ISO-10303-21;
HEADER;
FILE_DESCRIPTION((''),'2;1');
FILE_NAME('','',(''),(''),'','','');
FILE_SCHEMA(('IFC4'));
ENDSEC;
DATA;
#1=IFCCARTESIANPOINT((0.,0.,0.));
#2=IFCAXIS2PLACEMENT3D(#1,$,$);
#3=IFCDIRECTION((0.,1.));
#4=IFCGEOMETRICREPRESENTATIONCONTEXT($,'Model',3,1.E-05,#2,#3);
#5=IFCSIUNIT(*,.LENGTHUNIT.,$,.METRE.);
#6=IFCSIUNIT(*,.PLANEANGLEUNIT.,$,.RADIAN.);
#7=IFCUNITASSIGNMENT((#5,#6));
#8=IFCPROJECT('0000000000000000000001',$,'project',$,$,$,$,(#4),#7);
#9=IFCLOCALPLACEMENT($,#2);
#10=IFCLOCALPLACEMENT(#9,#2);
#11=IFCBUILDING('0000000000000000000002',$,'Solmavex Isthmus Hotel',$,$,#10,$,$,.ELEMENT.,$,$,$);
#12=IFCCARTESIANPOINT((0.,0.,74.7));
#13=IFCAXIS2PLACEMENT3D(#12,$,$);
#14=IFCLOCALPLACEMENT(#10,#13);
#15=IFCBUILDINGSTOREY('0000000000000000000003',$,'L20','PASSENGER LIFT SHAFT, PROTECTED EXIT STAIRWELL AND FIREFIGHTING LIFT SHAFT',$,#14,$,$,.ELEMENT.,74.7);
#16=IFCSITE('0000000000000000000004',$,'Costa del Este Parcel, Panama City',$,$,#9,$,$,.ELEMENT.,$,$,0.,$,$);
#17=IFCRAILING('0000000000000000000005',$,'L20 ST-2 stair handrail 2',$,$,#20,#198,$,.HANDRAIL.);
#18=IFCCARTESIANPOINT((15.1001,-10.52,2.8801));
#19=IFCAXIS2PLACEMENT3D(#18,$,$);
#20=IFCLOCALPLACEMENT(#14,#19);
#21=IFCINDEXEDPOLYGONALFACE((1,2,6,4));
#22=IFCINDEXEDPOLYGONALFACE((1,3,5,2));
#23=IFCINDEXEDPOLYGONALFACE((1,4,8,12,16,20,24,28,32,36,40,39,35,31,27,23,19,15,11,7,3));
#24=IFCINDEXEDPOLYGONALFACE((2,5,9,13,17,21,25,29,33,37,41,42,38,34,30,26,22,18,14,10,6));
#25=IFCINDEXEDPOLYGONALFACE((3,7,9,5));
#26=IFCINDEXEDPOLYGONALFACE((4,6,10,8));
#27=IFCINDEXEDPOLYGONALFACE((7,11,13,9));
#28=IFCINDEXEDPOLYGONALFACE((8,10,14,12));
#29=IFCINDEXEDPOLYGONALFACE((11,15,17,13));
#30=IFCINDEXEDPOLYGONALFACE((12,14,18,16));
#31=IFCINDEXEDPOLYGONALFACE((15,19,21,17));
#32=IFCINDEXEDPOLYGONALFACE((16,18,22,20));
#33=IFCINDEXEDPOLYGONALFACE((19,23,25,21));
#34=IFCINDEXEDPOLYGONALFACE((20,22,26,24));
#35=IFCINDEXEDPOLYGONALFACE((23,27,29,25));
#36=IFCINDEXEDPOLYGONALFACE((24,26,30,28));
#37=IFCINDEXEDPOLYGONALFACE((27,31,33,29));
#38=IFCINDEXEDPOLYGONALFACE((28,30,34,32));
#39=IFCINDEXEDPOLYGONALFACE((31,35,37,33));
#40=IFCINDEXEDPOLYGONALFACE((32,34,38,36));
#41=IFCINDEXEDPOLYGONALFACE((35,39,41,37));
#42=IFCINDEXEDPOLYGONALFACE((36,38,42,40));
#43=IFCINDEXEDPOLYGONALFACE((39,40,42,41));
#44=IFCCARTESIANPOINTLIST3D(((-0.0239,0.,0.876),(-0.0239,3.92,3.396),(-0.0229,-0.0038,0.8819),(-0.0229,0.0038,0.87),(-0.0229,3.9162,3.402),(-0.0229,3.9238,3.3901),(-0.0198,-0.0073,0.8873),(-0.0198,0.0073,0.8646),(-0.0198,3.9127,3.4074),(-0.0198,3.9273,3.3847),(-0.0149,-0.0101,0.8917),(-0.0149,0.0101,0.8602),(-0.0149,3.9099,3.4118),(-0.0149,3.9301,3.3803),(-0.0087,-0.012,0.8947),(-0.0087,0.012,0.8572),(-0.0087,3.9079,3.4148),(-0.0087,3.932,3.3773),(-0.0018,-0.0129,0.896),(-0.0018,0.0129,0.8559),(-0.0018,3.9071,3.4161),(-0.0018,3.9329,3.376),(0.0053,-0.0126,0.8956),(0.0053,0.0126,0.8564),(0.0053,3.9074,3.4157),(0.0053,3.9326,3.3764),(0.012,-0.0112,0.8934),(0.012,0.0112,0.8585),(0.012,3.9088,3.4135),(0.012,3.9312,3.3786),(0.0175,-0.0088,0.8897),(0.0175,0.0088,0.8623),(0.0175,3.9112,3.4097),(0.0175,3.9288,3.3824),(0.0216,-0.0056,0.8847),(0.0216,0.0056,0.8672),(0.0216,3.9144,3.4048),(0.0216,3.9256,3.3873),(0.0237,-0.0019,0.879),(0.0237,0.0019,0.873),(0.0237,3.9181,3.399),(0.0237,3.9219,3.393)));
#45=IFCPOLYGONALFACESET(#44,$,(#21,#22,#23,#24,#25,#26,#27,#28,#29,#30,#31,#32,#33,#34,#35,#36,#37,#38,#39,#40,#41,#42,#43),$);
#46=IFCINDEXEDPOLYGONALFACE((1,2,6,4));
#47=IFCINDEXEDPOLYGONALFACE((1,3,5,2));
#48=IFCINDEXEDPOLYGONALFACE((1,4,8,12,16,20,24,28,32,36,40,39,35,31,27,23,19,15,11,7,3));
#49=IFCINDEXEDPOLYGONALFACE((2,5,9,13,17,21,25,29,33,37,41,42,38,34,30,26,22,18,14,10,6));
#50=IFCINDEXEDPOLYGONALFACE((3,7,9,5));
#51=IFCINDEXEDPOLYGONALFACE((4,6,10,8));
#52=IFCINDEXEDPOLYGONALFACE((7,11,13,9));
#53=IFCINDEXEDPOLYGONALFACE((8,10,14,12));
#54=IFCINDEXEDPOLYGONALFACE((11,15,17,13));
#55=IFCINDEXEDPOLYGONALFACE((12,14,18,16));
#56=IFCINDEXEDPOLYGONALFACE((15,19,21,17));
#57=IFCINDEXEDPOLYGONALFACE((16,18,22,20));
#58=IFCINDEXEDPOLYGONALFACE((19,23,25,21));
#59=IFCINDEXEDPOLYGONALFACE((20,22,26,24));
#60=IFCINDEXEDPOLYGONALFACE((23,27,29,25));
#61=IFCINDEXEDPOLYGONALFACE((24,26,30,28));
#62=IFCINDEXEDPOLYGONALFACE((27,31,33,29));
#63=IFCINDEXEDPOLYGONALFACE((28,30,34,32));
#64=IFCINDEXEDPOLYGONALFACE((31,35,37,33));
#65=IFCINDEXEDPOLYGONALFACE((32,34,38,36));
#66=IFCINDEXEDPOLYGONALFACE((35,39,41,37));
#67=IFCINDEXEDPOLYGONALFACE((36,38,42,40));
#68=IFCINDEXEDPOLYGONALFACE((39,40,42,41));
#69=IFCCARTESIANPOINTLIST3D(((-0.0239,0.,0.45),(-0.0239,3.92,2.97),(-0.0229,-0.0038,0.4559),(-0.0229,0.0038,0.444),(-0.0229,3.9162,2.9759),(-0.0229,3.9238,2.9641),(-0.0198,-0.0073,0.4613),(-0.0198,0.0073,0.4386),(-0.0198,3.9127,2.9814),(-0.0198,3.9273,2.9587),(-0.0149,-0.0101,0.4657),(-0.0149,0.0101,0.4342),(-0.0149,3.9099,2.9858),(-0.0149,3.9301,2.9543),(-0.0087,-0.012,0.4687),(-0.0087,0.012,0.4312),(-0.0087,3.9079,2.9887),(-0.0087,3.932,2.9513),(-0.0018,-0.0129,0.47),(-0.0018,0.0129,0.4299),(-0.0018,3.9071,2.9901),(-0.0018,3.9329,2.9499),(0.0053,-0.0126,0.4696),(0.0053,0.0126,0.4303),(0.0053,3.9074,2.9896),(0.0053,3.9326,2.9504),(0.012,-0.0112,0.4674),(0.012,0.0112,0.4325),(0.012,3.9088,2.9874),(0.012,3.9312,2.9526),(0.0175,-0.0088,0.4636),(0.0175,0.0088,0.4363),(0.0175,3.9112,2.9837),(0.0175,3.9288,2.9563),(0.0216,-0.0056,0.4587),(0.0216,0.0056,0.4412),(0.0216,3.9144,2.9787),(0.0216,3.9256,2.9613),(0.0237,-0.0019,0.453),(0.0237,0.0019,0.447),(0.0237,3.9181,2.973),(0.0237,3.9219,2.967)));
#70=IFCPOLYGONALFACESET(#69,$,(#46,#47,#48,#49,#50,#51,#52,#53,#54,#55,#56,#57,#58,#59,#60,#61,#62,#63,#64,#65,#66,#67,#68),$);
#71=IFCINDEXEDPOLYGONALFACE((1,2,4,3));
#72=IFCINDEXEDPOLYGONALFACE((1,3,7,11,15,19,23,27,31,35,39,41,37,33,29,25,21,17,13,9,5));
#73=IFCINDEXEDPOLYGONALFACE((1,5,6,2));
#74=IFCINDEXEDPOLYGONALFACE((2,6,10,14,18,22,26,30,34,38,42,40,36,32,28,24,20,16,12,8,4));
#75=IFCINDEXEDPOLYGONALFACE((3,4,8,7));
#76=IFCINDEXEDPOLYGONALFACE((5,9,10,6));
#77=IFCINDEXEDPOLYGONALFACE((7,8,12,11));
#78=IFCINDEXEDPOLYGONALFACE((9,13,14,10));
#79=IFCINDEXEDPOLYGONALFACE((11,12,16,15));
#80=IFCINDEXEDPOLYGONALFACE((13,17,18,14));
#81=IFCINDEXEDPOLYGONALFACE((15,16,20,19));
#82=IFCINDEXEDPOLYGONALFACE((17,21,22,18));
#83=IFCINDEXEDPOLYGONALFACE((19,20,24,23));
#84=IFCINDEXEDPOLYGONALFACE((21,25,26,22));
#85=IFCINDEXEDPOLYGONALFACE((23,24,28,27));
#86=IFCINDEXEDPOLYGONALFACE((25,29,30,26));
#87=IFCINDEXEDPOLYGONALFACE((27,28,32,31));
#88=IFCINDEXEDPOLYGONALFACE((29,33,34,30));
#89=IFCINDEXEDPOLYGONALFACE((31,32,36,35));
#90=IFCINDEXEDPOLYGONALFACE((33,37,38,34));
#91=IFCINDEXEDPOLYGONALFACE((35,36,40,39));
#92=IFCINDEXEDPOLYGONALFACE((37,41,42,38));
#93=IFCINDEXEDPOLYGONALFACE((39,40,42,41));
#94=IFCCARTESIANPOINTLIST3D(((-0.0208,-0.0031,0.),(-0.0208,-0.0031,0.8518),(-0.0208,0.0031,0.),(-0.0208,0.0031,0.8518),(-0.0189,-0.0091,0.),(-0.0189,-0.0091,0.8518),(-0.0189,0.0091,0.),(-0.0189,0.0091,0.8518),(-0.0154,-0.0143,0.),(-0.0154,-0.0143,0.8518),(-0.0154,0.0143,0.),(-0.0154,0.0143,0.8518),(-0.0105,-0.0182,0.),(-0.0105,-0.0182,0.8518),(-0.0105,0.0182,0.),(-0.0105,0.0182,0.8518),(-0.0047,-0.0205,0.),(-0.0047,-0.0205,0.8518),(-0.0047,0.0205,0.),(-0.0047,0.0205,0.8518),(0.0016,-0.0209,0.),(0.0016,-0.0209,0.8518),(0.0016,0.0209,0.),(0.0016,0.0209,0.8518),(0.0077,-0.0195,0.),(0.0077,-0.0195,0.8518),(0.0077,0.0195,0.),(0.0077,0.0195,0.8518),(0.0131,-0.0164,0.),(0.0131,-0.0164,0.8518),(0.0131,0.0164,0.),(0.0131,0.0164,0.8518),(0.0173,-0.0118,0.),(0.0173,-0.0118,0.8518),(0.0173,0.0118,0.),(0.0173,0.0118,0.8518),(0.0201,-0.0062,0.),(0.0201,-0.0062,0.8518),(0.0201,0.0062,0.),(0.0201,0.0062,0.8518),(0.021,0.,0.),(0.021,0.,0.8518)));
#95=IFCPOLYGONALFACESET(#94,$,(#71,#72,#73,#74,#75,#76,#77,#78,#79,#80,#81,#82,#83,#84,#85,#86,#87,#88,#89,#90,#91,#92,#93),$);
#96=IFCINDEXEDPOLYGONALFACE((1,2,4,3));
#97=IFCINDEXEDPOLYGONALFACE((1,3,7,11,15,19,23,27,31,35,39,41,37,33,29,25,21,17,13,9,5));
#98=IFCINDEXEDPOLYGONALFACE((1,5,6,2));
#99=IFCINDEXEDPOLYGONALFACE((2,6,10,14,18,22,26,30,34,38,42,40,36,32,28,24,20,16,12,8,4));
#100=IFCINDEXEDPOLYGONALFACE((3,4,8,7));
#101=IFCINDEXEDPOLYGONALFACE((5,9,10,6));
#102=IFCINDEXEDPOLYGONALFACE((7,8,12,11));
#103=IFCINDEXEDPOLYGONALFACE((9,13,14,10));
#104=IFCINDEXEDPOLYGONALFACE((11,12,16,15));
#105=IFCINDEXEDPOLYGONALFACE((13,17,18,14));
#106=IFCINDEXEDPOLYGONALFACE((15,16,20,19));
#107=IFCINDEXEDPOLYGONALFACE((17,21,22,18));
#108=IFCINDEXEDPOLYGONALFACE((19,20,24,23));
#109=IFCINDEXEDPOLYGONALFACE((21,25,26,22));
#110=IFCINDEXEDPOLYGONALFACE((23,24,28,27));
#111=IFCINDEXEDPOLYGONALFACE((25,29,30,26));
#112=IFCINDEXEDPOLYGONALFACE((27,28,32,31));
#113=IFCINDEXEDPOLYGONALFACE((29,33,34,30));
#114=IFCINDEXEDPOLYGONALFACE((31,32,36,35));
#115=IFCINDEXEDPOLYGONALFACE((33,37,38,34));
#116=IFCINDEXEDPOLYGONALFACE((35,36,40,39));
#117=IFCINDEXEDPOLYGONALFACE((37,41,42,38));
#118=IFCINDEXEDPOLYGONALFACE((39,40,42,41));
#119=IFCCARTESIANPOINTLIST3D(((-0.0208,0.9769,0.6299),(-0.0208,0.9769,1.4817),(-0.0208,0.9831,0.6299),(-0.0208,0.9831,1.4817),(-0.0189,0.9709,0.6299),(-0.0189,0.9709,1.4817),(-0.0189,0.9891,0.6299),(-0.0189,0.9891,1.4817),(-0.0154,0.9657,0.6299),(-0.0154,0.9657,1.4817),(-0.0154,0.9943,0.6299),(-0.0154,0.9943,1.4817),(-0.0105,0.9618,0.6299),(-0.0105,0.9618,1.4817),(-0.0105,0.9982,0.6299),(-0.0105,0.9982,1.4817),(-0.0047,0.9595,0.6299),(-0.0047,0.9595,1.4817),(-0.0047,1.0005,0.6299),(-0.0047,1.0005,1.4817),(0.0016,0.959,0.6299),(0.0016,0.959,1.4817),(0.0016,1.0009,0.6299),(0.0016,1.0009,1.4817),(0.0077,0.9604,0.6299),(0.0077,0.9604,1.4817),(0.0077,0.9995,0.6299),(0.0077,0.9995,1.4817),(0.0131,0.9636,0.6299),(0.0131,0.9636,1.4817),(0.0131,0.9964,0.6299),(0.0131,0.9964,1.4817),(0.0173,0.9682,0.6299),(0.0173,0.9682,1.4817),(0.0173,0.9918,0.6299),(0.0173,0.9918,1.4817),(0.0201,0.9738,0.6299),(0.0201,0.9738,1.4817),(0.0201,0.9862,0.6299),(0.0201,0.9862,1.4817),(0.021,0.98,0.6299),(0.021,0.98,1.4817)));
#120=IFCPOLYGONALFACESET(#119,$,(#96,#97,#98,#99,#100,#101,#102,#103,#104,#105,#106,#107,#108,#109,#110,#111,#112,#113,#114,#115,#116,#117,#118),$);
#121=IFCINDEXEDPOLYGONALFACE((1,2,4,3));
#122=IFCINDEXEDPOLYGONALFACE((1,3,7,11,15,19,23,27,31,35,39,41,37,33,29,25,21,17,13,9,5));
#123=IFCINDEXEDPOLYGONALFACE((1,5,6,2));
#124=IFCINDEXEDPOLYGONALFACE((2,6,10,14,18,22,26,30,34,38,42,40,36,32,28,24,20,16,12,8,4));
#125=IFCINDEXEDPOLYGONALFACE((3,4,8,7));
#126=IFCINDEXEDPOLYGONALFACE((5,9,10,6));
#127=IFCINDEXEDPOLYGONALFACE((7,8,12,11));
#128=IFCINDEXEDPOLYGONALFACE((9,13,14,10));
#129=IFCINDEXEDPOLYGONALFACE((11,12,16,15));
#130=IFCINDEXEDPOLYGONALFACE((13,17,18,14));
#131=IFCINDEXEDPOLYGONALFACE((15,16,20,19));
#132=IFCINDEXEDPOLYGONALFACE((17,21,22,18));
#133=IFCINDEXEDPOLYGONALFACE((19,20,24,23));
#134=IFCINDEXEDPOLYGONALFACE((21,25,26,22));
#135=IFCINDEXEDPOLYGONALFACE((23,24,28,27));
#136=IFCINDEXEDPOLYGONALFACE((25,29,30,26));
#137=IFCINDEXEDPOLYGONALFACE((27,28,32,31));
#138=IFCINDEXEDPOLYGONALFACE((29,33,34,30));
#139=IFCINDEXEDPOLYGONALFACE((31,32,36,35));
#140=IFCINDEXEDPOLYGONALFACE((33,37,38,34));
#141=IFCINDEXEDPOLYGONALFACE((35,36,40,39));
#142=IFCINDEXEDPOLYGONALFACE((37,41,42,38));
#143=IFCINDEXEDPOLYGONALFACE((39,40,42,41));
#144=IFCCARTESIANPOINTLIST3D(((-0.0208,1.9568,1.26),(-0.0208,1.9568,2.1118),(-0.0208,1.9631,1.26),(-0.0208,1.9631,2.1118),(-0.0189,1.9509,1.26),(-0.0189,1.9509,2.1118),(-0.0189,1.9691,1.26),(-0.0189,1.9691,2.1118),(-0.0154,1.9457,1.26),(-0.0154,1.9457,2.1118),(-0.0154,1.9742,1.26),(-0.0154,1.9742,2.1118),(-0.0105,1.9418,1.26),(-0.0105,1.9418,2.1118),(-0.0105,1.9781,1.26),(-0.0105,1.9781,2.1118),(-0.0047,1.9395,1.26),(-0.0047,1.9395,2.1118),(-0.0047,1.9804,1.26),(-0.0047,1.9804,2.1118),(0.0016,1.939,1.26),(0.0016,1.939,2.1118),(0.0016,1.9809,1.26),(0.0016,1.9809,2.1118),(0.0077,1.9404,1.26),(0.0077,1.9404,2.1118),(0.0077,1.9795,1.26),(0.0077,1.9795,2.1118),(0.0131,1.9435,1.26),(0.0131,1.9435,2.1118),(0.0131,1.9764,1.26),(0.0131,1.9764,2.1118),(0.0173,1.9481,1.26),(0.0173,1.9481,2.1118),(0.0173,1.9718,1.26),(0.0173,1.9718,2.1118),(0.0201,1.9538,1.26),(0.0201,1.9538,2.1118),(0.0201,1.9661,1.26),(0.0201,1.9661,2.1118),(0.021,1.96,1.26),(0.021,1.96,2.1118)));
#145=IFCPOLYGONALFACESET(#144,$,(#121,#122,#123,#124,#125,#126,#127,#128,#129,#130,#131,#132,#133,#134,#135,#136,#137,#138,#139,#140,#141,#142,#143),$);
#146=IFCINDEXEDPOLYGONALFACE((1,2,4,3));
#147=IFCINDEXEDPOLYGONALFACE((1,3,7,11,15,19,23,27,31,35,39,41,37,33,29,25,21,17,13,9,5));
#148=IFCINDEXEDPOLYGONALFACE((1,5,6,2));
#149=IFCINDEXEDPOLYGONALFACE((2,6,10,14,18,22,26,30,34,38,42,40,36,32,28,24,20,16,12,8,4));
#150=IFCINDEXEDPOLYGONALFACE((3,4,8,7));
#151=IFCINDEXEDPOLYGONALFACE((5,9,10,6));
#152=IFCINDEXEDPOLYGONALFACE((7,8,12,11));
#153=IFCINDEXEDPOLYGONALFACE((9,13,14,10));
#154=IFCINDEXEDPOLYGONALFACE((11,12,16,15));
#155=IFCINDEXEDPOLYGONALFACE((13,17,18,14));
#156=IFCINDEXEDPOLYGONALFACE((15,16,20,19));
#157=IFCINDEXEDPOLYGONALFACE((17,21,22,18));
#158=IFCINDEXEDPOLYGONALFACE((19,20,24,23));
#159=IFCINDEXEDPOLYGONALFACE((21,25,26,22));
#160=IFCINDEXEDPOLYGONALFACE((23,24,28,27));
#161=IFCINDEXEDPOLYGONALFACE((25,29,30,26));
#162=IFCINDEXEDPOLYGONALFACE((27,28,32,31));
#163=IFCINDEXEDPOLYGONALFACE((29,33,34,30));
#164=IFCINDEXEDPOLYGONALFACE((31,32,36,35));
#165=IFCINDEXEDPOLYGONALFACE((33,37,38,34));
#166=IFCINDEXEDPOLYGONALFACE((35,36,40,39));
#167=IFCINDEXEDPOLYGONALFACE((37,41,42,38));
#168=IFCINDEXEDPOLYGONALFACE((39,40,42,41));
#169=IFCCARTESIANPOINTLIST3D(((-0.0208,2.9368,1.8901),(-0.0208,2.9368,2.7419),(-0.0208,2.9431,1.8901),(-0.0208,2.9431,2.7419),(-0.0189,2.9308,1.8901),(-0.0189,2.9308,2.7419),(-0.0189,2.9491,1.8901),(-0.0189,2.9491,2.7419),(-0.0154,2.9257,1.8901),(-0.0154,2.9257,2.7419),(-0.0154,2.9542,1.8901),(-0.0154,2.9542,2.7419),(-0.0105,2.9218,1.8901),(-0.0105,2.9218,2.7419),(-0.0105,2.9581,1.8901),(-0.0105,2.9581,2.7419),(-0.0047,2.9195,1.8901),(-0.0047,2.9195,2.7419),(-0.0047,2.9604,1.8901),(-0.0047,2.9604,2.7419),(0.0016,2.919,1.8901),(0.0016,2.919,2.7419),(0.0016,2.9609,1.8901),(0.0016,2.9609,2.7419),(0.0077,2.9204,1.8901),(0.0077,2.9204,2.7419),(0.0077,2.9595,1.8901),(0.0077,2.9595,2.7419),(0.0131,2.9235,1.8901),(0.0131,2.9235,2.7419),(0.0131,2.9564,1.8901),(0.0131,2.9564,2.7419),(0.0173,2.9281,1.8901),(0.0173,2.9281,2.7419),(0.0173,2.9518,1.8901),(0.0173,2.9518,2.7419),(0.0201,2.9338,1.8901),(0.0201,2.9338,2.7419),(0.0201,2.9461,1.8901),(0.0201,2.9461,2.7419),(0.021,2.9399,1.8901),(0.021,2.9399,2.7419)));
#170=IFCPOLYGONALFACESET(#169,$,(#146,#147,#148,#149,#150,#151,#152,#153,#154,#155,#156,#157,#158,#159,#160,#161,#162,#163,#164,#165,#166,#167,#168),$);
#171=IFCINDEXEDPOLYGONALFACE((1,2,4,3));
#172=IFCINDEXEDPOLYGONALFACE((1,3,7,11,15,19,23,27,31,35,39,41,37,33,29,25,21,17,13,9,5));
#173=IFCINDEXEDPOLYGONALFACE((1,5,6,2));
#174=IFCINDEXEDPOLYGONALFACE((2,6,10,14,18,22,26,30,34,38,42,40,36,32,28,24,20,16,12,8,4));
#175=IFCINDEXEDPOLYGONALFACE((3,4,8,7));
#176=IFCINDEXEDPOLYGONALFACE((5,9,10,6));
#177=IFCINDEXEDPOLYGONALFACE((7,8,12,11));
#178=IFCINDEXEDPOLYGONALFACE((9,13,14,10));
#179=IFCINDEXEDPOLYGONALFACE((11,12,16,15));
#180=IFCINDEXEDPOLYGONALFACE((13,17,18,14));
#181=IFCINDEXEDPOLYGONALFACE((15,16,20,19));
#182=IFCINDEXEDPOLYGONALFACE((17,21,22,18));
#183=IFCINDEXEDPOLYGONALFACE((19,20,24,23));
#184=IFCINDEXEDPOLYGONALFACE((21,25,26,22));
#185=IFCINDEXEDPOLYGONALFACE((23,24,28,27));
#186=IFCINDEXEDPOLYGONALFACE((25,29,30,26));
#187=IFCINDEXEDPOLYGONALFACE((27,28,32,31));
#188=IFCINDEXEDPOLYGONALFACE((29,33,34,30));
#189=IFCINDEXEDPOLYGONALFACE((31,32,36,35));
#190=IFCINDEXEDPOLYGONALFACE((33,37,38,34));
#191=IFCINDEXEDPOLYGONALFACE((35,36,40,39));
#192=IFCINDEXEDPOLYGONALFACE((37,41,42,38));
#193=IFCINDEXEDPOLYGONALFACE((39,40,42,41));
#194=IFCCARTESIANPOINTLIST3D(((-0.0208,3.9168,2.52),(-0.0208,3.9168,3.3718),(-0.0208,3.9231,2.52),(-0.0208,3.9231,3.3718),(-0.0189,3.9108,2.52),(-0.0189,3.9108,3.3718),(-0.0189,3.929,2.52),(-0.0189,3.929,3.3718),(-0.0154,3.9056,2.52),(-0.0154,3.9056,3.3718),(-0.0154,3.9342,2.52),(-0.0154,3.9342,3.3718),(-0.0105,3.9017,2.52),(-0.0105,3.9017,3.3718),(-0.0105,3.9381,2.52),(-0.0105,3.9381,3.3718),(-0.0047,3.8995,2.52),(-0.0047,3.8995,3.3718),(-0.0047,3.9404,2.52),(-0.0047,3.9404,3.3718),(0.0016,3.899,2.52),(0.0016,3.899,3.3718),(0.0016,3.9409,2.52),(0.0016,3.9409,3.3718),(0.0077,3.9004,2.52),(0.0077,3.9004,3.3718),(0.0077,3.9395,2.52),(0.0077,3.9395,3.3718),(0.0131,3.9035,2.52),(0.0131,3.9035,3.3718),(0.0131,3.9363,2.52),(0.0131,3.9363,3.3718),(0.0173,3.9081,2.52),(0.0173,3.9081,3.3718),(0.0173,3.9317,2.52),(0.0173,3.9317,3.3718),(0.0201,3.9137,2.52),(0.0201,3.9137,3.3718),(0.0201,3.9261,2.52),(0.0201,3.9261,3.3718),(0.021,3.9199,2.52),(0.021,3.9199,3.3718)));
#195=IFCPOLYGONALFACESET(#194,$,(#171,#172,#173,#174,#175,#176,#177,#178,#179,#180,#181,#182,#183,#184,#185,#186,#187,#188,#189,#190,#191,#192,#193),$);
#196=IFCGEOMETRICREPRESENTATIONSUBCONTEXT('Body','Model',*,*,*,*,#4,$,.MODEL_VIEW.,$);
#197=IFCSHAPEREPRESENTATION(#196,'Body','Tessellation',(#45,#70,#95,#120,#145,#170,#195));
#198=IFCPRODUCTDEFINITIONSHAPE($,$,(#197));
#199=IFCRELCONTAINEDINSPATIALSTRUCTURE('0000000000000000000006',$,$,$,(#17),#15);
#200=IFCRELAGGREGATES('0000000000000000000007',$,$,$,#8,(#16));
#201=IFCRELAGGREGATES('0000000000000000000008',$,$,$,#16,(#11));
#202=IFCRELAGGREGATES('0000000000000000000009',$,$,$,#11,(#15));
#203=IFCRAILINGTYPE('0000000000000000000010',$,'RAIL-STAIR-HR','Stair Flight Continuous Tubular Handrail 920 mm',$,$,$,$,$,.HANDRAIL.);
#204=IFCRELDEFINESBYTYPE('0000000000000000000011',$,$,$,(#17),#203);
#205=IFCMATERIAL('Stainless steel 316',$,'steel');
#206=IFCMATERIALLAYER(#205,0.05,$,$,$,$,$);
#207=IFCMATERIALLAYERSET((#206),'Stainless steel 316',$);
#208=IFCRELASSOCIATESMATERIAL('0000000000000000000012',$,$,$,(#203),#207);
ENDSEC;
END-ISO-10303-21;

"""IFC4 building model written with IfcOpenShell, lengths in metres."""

from ifc_helpers import new_model, si_unit, direction, frame, origin, origin_2d, place, context, subcontext, project, spatial, circle, extrude, material, layer, layer_set, type_object, element, save


model = new_model("IFC4")

# Units and contexts
model_context = context("Model", 3, precision=1e-05, world=origin(), true_north=direction((0.0, 1.0)))
body_context = subcontext(model_context, "Body", "Model", "MODEL_VIEW")
ifc_project = project(units=[si_unit("LENGTHUNIT", "METRE"), si_unit("PLANEANGLEUNIT", "RADIAN")], contexts=[model_context])

# Site, building, storey
site_placement = place(None, origin())
site = spatial("IfcSite", under=ifc_project, at=site_placement, Name="Costa del Este Parcel, Panama City", CompositionType="ELEMENT", RefElevation=0.0)
building_placement = place(site_placement, origin())
building = spatial("IfcBuilding", under=site, at=building_placement, Name="Solmavex Isthmus Hotel", CompositionType="ELEMENT")
storey_placement = place(building_placement, frame((0.0, 0.0, 74.7)))
storey = spatial("IfcBuildingStorey", under=building, at=storey_placement, Name="L20", Description="PASSENGER LIFT SHAFT, PROTECTED EXIT STAIRWELL AND FIREFIGHTING LIFT SHAFT", CompositionType="ELEMENT", Elevation=74.7)

# Railing
ifc_material_1 = material(Name="Stainless steel 316", Category="steel")
ifc_layer_1 = layer(ifc_material_1, 0.05)
ifc_layer_set_1 = layer_set([ifc_layer_1], Name="Stainless steel 316")
railing_type_1 = type_object("IfcRailingType", Name="RAIL-STAIR-HR", Description="Stair Flight Continuous Tubular Handrail 920 mm", PredefinedType="HANDRAIL", material=ifc_layer_set_1)
railing_1_placement = place(storey_placement, frame((15.1001, -10.52, 2.8801)))
element("IfcRailing", 1, at=railing_1_placement, inside=storey, type_object=railing_type_1, Name="L20 ST-2 stair handrail 2", PredefinedType="HANDRAIL", context=body_context, shape_type="SweptSolid", body=[
    extrude(circle(Radius=0.0239, at=origin_2d()), frame((0.0, 0.0, 0.876), z_axis=(0.0, 0.841172, 0.540768), x_axis=(-1.0, 0.0, 0.0)), (0.0, 0.0, 1.0), 4.6602),
    extrude(circle(Radius=0.0239, at=origin_2d()), frame((0.0, 0.0, 0.45), z_axis=(0.0, 0.841172, 0.540768), x_axis=(-1.0, 0.0, 0.0)), (0.0, 0.0, 1.0), 4.6602),
    extrude(circle(Radius=0.021, at=origin_2d()), origin(), (0.0, 0.0, 1.0), 0.8518),
    extrude(circle(Radius=0.021, at=origin_2d()), frame((0.0, 0.98, 0.6299)), (0.0, 0.0, 1.0), 0.8518),
    extrude(circle(Radius=0.021, at=origin_2d()), frame((0.0, 1.96, 1.26)), (0.0, 0.0, 1.0), 0.8518),
    extrude(circle(Radius=0.021, at=origin_2d()), frame((0.0, 2.9399, 1.8901)), (0.0, 0.0, 1.0), 0.8518),
    extrude(circle(Radius=0.021, at=origin_2d()), frame((0.0, 3.9199, 2.52)), (0.0, 0.0, 1.0), 0.8518),
])

save(model, "model.ifc")
